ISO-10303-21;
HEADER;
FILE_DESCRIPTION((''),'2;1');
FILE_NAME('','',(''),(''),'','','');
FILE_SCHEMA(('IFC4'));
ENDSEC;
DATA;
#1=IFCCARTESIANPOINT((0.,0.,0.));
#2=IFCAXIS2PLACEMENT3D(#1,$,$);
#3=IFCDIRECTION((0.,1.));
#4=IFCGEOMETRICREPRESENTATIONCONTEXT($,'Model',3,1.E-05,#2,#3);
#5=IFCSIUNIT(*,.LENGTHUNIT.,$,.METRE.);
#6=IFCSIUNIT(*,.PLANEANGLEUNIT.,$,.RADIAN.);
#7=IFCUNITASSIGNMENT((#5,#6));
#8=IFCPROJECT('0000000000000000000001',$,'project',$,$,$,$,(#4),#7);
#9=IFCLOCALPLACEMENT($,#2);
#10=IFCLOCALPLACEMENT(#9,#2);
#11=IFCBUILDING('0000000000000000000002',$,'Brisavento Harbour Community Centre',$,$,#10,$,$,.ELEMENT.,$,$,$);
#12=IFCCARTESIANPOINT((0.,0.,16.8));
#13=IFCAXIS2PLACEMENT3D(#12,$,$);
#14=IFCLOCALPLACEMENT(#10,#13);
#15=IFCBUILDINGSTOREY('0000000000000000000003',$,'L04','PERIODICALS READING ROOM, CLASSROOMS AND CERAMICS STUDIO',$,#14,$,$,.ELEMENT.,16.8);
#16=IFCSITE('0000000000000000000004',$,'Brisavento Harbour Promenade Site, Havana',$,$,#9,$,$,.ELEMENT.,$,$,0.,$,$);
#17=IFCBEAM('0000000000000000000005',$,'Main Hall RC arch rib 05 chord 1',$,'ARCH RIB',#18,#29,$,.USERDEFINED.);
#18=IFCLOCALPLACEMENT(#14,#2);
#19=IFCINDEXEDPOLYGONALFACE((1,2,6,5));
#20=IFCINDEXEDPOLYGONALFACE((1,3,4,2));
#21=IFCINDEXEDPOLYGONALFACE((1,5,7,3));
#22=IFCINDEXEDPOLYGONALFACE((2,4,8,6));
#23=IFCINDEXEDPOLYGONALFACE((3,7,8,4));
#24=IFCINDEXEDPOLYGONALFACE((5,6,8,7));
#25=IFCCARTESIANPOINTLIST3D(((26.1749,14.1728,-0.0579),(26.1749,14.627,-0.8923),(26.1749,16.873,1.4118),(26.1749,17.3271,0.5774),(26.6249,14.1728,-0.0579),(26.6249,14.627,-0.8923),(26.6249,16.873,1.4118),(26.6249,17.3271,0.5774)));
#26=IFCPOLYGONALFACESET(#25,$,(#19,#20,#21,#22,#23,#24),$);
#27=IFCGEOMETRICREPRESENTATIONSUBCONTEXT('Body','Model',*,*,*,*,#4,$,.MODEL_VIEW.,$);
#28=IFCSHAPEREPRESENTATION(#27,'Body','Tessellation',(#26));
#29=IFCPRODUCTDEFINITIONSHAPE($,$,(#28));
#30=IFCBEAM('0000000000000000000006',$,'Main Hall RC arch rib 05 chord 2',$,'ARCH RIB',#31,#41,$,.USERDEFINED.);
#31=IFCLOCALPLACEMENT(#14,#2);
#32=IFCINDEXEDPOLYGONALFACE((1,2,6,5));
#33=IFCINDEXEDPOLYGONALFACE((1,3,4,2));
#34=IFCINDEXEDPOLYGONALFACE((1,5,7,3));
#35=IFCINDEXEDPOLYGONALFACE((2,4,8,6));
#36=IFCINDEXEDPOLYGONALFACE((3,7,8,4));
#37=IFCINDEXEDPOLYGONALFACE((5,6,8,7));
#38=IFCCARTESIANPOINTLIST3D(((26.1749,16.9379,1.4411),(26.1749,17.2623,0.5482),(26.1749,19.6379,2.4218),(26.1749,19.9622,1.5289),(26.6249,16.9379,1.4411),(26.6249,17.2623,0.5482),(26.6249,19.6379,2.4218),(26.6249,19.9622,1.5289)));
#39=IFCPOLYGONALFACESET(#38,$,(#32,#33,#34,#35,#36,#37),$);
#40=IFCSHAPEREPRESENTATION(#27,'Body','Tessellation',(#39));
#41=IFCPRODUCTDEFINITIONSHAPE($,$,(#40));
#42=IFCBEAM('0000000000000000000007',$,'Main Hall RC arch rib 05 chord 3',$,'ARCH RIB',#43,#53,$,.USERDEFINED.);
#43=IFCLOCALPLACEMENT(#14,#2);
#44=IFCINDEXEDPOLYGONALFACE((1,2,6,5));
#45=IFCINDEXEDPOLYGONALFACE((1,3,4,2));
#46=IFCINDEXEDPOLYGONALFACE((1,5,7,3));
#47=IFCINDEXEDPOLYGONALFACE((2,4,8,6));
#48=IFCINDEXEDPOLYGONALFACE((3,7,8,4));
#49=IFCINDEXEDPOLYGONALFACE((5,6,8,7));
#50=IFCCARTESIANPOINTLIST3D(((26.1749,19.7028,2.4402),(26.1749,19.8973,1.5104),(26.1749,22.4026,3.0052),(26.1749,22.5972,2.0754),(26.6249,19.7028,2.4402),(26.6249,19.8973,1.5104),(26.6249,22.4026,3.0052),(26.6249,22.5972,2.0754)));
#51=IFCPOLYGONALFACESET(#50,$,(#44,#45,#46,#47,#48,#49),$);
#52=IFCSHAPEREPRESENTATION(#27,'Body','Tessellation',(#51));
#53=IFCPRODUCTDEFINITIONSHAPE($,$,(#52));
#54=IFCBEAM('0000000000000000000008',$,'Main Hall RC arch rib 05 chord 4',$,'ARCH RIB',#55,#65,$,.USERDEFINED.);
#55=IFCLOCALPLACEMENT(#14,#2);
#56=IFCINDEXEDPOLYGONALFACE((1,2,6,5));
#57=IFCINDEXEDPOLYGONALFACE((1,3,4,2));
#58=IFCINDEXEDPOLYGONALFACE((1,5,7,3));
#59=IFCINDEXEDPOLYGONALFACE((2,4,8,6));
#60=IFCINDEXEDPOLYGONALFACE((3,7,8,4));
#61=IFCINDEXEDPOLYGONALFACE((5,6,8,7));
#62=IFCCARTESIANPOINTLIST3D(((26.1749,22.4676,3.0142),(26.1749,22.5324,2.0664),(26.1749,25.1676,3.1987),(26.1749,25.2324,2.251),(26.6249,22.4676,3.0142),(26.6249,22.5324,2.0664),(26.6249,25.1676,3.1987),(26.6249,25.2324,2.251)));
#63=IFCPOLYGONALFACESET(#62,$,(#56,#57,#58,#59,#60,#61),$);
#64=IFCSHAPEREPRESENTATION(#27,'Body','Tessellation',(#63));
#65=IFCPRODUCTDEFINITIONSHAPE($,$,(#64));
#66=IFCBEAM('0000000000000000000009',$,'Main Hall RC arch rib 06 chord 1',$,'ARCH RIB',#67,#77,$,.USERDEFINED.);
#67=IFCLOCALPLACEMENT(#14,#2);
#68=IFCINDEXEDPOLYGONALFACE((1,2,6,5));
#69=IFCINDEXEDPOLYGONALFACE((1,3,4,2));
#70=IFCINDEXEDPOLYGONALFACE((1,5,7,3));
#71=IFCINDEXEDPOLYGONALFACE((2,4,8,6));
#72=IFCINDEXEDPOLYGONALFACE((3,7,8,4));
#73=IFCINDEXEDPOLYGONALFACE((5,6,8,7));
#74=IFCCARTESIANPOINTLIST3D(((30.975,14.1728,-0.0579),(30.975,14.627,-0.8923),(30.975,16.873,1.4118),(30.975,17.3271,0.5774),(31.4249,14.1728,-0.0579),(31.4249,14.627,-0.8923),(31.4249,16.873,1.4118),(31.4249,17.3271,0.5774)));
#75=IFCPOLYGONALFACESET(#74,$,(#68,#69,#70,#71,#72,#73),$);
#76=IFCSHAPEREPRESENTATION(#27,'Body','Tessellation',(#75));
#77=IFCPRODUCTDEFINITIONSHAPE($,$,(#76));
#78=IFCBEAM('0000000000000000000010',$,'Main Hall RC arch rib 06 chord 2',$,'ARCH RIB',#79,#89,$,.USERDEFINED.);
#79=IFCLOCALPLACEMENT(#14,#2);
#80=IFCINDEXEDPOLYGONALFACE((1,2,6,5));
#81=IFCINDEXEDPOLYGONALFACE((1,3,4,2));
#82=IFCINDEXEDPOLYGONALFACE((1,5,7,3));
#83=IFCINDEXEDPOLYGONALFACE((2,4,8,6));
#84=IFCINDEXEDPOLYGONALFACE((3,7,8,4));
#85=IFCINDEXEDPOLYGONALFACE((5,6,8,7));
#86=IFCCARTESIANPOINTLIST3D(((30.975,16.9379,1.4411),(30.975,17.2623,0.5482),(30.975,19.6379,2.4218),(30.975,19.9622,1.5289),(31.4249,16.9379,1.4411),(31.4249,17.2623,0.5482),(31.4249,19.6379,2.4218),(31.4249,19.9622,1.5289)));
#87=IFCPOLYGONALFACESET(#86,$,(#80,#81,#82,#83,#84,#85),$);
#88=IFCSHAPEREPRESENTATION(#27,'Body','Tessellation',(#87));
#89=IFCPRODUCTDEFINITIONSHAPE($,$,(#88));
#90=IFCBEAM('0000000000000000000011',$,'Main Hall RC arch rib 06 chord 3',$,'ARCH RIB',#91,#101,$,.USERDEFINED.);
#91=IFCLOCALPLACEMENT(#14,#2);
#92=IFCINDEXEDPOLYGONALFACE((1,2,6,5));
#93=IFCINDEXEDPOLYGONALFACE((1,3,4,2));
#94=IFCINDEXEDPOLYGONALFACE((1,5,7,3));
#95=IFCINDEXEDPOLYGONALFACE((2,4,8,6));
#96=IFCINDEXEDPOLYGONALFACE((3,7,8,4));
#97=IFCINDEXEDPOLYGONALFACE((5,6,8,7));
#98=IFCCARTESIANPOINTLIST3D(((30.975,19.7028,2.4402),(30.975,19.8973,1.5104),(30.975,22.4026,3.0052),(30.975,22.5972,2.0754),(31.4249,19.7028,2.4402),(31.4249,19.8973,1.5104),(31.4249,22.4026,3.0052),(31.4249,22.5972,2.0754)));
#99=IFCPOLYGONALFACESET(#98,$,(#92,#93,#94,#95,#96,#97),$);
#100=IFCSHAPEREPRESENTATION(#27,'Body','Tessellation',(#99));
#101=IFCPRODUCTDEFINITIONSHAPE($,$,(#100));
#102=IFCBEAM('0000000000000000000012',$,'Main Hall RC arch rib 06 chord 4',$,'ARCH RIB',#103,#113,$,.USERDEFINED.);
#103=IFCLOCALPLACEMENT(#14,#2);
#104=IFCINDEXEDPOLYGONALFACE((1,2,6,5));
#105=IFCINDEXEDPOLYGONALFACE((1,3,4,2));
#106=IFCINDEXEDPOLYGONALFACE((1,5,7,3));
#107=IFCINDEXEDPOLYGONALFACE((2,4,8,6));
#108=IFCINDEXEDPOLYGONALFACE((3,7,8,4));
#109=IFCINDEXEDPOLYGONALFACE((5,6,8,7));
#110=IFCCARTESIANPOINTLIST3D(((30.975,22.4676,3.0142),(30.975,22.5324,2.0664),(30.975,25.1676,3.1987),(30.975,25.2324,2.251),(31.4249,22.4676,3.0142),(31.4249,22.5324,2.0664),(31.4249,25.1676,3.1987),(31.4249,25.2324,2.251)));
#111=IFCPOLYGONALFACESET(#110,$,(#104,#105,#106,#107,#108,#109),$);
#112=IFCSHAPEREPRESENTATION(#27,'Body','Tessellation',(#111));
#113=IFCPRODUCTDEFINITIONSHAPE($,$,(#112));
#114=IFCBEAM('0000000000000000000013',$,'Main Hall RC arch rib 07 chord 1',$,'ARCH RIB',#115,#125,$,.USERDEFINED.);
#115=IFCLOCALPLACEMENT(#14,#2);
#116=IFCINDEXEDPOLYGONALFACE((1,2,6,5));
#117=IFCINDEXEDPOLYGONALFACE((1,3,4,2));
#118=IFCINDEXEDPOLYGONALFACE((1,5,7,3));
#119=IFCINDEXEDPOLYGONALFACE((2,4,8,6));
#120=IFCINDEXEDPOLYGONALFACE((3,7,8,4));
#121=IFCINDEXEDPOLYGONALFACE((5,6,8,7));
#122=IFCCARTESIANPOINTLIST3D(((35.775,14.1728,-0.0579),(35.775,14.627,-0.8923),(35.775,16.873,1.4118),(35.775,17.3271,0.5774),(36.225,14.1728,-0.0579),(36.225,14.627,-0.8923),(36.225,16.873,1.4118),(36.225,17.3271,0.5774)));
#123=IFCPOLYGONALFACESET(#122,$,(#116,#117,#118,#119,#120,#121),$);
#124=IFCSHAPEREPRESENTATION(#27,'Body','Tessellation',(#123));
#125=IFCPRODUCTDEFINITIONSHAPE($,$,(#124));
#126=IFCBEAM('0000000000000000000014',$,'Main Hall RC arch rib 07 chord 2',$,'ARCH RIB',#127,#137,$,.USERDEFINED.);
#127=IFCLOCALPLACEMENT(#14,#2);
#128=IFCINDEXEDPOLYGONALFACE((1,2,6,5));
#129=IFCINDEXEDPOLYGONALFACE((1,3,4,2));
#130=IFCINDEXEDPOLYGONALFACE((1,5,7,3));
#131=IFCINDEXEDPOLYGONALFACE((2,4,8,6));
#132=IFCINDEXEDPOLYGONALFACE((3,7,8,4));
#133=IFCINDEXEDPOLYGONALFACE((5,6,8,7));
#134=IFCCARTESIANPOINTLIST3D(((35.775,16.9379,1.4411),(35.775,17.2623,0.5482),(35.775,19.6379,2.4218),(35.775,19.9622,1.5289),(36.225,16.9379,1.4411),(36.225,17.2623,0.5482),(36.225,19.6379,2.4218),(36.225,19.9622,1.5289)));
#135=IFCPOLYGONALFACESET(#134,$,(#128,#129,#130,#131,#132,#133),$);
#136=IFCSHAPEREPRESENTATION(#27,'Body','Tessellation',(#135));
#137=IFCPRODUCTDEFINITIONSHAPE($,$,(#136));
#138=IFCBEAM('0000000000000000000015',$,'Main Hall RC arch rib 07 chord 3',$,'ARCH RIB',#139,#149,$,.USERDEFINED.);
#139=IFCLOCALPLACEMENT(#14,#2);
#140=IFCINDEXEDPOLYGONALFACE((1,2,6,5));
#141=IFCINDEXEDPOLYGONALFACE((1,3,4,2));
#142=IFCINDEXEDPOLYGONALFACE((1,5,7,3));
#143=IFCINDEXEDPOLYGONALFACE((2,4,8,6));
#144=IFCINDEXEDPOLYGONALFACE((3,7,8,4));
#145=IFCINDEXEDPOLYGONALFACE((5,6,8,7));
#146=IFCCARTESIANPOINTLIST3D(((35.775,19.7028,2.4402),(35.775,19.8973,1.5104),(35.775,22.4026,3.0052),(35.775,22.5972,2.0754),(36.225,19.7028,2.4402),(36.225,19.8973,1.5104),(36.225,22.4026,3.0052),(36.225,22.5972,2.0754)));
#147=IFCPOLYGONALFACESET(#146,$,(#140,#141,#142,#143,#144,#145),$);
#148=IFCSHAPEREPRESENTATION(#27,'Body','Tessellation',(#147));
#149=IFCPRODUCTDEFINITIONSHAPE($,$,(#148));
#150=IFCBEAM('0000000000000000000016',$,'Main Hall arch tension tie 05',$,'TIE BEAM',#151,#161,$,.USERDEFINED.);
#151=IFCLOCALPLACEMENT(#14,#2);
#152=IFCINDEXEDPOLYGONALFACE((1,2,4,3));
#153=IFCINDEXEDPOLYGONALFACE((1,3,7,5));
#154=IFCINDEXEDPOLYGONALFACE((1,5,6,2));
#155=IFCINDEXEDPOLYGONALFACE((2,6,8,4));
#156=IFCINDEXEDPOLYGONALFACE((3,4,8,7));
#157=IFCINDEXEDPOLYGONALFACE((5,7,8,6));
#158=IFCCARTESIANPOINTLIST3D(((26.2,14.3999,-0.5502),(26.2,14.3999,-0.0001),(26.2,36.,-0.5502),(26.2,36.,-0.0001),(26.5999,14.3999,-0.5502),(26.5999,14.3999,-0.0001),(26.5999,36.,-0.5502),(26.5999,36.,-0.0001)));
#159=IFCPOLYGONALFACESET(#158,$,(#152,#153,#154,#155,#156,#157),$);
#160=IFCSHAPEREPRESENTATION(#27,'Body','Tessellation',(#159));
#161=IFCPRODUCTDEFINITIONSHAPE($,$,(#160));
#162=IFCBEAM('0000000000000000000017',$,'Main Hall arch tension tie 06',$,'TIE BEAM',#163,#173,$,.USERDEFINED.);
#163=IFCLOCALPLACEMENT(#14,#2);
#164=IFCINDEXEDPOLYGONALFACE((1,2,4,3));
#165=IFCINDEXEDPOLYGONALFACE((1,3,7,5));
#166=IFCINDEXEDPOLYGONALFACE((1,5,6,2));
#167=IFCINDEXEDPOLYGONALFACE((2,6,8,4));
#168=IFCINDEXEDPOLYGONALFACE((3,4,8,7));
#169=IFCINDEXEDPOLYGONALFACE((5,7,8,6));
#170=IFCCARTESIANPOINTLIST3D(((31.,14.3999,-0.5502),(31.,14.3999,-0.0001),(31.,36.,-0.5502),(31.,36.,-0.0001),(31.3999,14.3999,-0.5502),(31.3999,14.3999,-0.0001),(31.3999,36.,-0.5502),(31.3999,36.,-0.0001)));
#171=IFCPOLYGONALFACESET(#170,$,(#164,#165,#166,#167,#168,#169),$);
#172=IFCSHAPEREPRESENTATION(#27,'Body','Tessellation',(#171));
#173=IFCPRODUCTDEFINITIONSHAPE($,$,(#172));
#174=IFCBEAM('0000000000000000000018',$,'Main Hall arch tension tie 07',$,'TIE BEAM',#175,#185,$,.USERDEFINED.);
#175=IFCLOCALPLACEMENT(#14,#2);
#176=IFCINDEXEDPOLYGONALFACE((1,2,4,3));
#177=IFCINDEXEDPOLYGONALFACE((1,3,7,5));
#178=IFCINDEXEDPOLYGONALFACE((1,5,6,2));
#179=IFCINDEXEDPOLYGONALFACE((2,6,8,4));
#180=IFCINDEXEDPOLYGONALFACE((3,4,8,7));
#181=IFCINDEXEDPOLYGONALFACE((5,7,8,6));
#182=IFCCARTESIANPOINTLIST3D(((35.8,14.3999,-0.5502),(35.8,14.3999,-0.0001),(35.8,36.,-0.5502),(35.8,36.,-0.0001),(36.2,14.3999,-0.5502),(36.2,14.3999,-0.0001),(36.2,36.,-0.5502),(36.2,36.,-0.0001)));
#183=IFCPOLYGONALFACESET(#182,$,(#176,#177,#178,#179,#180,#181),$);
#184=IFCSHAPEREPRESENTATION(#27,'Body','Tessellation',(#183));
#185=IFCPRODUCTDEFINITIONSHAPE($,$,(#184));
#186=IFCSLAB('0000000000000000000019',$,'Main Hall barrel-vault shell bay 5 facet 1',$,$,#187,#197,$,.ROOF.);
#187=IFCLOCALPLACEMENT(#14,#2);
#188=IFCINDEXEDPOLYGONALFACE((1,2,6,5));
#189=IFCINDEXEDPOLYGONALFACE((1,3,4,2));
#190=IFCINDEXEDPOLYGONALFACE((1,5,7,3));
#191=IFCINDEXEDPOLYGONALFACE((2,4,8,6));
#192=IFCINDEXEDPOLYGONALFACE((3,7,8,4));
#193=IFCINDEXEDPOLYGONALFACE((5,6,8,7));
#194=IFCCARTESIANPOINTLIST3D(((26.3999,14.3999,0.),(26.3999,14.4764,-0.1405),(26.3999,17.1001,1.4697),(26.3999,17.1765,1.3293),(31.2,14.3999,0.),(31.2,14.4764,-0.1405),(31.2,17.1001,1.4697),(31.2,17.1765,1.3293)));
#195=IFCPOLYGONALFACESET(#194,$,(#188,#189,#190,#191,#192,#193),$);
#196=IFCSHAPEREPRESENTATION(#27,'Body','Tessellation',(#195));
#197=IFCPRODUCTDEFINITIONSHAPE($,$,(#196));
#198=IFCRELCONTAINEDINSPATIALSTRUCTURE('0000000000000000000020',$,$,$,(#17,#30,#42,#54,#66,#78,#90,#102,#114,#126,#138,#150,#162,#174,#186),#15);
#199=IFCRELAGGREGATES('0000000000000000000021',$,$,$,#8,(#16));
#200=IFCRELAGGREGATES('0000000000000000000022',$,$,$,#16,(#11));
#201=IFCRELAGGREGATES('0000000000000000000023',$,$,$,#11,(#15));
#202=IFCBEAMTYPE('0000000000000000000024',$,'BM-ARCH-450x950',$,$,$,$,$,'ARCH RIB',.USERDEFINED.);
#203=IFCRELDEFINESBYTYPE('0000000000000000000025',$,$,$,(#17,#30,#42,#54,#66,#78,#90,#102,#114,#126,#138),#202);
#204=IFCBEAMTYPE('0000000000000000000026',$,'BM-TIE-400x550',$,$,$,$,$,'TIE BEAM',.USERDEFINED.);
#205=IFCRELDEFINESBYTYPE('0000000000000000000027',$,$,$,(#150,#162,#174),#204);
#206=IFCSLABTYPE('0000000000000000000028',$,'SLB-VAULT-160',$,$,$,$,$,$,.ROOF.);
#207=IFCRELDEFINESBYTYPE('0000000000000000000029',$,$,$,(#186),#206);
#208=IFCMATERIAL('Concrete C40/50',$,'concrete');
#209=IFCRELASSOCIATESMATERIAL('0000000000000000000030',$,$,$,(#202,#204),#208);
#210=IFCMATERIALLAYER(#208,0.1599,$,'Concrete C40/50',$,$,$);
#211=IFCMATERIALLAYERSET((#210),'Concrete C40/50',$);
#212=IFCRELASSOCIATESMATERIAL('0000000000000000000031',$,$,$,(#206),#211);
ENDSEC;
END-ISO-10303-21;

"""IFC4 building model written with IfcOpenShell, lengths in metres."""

from ifc_helpers import new_model, si_unit, direction, frame, origin, origin_2d, place, context, subcontext, project, spatial, polyline, rectangle, outline, extrude, material, layer, layer_set, material_profile, profile_set, type_object, element, save


model = new_model("IFC4")

# Units and contexts
model_context = context("Model", 3, precision=1e-05, world=origin(), true_north=direction((0.0, 1.0)))
body_context = subcontext(model_context, "Body", "Model", "MODEL_VIEW")
ifc_project = project(units=[si_unit("LENGTHUNIT", "METRE"), si_unit("PLANEANGLEUNIT", "RADIAN")], contexts=[model_context])

# Site, building, storey
site_placement = place(None, origin())
site = spatial("IfcSite", under=ifc_project, at=site_placement, Name="Brisavento Harbour Promenade Site, Havana", CompositionType="ELEMENT", RefElevation=0.0)
building_placement = place(site_placement, origin())
building = spatial("IfcBuilding", under=site, at=building_placement, Name="Brisavento Harbour Community Centre", CompositionType="ELEMENT")
storey_placement = place(building_placement, frame((0.0, 0.0, 16.8)))
storey = spatial("IfcBuildingStorey", under=building, at=storey_placement, Name="L04", Description="PERIODICALS READING ROOM, CLASSROOMS AND CERAMICS STUDIO", CompositionType="ELEMENT", Elevation=16.8)

# Beams
ifc_material = material(Name="Concrete C40/50", Category="concrete")
ifc_material_profile_1 = material_profile(ifc_material, rectangle(XDim=0.45, YDim=0.95, at=origin_2d()), Name="Concrete C40/50")
ifc_profile_set_1 = profile_set([ifc_material_profile_1], Name="Concrete C40/50")
beam_type_1 = type_object("IfcBeamType", Name="BM-ARCH-450x950", ElementType="ARCH RIB", PredefinedType="USERDEFINED", material=ifc_profile_set_1)
beam_1_placement = place(storey_placement, frame((26.3999, 14.3999, -0.4751), z_axis=(0.0, 0.87832, 0.478073), x_axis=(-1.0, 0.0, 0.0)))
element("IfcBeam", 1, at=beam_1_placement, inside=storey, type_object=beam_type_1, Name="Main Hall RC arch rib 05 chord 1", ObjectType="ARCH RIB", PredefinedType="USERDEFINED", context=body_context, shape_type="SweptSolid", body=[
    extrude(rectangle(XDim=0.45, YDim=0.95, at=origin_2d()), origin(), (0.0, 0.0, 1.0), 3.0742),
])
beam_2_placement = place(storey_placement, frame((26.3999, 17.1001, 0.9946), z_axis=(0.0, 0.939915, 0.341409), x_axis=(-1.0, 0.0, 0.0)))
element("IfcBeam", 2, at=beam_2_placement, inside=storey, type_object=beam_type_1, Name="Main Hall RC arch rib 05 chord 2", ObjectType="ARCH RIB", PredefinedType="USERDEFINED", context=body_context, shape_type="SweptSolid", body=[
    extrude(rectangle(XDim=0.45, YDim=0.95, at=origin_2d()), origin(), (0.0, 0.0, 1.0), 2.8726),
])
beam_3_placement = place(storey_placement, frame((26.3999, 19.8, 1.9753), z_axis=(0.0, 0.978803, 0.204806), x_axis=(-1.0, 0.0, 0.0)))
element("IfcBeam", 3, at=beam_3_placement, inside=storey, type_object=beam_type_1, Name="Main Hall RC arch rib 05 chord 3", ObjectType="ARCH RIB", PredefinedType="USERDEFINED", context=body_context, shape_type="SweptSolid", body=[
    extrude(rectangle(XDim=0.45, YDim=0.95, at=origin_2d()), origin(), (0.0, 0.0, 1.0), 2.7583),
])
beam_4_placement = place(storey_placement, frame((26.3999, 22.5, 2.5403), z_axis=(0.0, 0.997672, 0.068201), x_axis=(-1.0, 0.0, 0.0)))
element("IfcBeam", 4, at=beam_4_placement, inside=storey, type_object=beam_type_1, Name="Main Hall RC arch rib 05 chord 4", ObjectType="ARCH RIB", PredefinedType="USERDEFINED", context=body_context, shape_type="SweptSolid", body=[
    extrude(rectangle(XDim=0.45, YDim=0.95, at=origin_2d()), origin(), (0.0, 0.0, 1.0), 2.7063),
])
beam_5_placement = place(storey_placement, frame((31.2, 14.3999, -0.4751), z_axis=(0.0, 0.87832, 0.478073), x_axis=(-1.0, 0.0, 0.0)))
element("IfcBeam", 5, at=beam_5_placement, inside=storey, type_object=beam_type_1, Name="Main Hall RC arch rib 06 chord 1", ObjectType="ARCH RIB", PredefinedType="USERDEFINED", context=body_context, shape_type="SweptSolid", body=[
    extrude(rectangle(XDim=0.45, YDim=0.95, at=origin_2d()), origin(), (0.0, 0.0, 1.0), 3.0742),
])
beam_6_placement = place(storey_placement, frame((31.2, 17.1001, 0.9946), z_axis=(0.0, 0.939915, 0.341409), x_axis=(-1.0, 0.0, 0.0)))
element("IfcBeam", 6, at=beam_6_placement, inside=storey, type_object=beam_type_1, Name="Main Hall RC arch rib 06 chord 2", ObjectType="ARCH RIB", PredefinedType="USERDEFINED", context=body_context, shape_type="SweptSolid", body=[
    extrude(rectangle(XDim=0.45, YDim=0.95, at=origin_2d()), origin(), (0.0, 0.0, 1.0), 2.8726),
])
beam_7_placement = place(storey_placement, frame((31.2, 19.8, 1.9753), z_axis=(0.0, 0.978803, 0.204806), x_axis=(-1.0, 0.0, 0.0)))
element("IfcBeam", 7, at=beam_7_placement, inside=storey, type_object=beam_type_1, Name="Main Hall RC arch rib 06 chord 3", ObjectType="ARCH RIB", PredefinedType="USERDEFINED", context=body_context, shape_type="SweptSolid", body=[
    extrude(rectangle(XDim=0.45, YDim=0.95, at=origin_2d()), origin(), (0.0, 0.0, 1.0), 2.7583),
])
beam_8_placement = place(storey_placement, frame((31.2, 22.5, 2.5403), z_axis=(0.0, 0.997672, 0.068201), x_axis=(-1.0, 0.0, 0.0)))
element("IfcBeam", 8, at=beam_8_placement, inside=storey, type_object=beam_type_1, Name="Main Hall RC arch rib 06 chord 4", ObjectType="ARCH RIB", PredefinedType="USERDEFINED", context=body_context, shape_type="SweptSolid", body=[
    extrude(rectangle(XDim=0.45, YDim=0.95, at=origin_2d()), origin(), (0.0, 0.0, 1.0), 2.7063),
])
beam_9_placement = place(storey_placement, frame((36.0, 14.3999, -0.4751), z_axis=(0.0, 0.87832, 0.478073), x_axis=(-1.0, 0.0, 0.0)))
element("IfcBeam", 9, at=beam_9_placement, inside=storey, type_object=beam_type_1, Name="Main Hall RC arch rib 07 chord 1", ObjectType="ARCH RIB", PredefinedType="USERDEFINED", context=body_context, shape_type="SweptSolid", body=[
    extrude(rectangle(XDim=0.45, YDim=0.95, at=origin_2d()), origin(), (0.0, 0.0, 1.0), 3.0742),
])
beam_10_placement = place(storey_placement, frame((36.0, 17.1001, 0.9946), z_axis=(0.0, 0.939915, 0.341409), x_axis=(-1.0, 0.0, 0.0)))
element("IfcBeam", 10, at=beam_10_placement, inside=storey, type_object=beam_type_1, Name="Main Hall RC arch rib 07 chord 2", ObjectType="ARCH RIB", PredefinedType="USERDEFINED", context=body_context, shape_type="SweptSolid", body=[
    extrude(rectangle(XDim=0.45, YDim=0.95, at=origin_2d()), origin(), (0.0, 0.0, 1.0), 2.8726),
])
beam_11_placement = place(storey_placement, frame((36.0, 19.8, 1.9753), z_axis=(0.0, 0.978803, 0.204806), x_axis=(-1.0, 0.0, 0.0)))
element("IfcBeam", 11, at=beam_11_placement, inside=storey, type_object=beam_type_1, Name="Main Hall RC arch rib 07 chord 3", ObjectType="ARCH RIB", PredefinedType="USERDEFINED", context=body_context, shape_type="SweptSolid", body=[
    extrude(rectangle(XDim=0.45, YDim=0.95, at=origin_2d()), origin(), (0.0, 0.0, 1.0), 2.7583),
])
ifc_material_profile_2 = material_profile(ifc_material, rectangle(XDim=0.3999, YDim=0.55, at=origin_2d()), Name="Concrete C40/50")
ifc_profile_set_2 = profile_set([ifc_material_profile_2], Name="Concrete C40/50")
beam_type_2 = type_object("IfcBeamType", Name="BM-TIE-400x550", ElementType="TIE BEAM", PredefinedType="USERDEFINED", material=ifc_profile_set_2)
for number, where, z_axis, x_axis, name in (
    (12, (26.3999, 14.3999, -0.2751), (0.0, 1.0, 0.0), (-1.0, 0.0, 0.0), "Main Hall arch tension tie 05"),
    (13, (31.2, 14.3999, -0.2751), (0.0, 1.0, 0.0), (-1.0, 0.0, 0.0), "Main Hall arch tension tie 06"),
    (14, (36.0, 14.3999, -0.2751), (0.0, 1.0, 0.0), (-1.0, 0.0, 0.0), "Main Hall arch tension tie 07"),
):
    element("IfcBeam", number, at=place(storey_placement, frame(where, z_axis=z_axis, x_axis=x_axis)), inside=storey, type_object=beam_type_2, Name=name, ObjectType="TIE BEAM", PredefinedType="USERDEFINED", context=body_context, shape_type="SweptSolid", body=[
        extrude(rectangle(XDim=0.3999, YDim=0.55, at=origin_2d()), origin(), (0.0, 0.0, 1.0), 21.6001),
    ])

# Slab
ifc_layer = layer(ifc_material, 0.1599, Name="Concrete C40/50")
ifc_layer_set = layer_set([ifc_layer], Name="Concrete C40/50")
slab_type = type_object("IfcSlabType", Name="SLB-VAULT-160", PredefinedType="ROOF", material=ifc_layer_set)
slab_1_placement = place(storey_placement, frame((26.3999, 14.3999, 0.0), z_axis=(0.0, -0.478073, 0.87832), x_axis=(1.0, 0.0, 0.0)))
element("IfcSlab", 15, at=slab_1_placement, inside=storey, type_object=slab_type, Name="Main Hall barrel-vault shell bay 5 facet 1", PredefinedType="ROOF", context=body_context, shape_type="SweptSolid", body=[
    extrude(outline(polyline([(0.0, 0.0), (4.8, 0.0), (4.8, 3.0743), (0.0, 3.0743), (0.0, 0.0)])), origin(), (0.0, 0.0, -1.0), 0.1599),
])

save(model, "model.ifc")
